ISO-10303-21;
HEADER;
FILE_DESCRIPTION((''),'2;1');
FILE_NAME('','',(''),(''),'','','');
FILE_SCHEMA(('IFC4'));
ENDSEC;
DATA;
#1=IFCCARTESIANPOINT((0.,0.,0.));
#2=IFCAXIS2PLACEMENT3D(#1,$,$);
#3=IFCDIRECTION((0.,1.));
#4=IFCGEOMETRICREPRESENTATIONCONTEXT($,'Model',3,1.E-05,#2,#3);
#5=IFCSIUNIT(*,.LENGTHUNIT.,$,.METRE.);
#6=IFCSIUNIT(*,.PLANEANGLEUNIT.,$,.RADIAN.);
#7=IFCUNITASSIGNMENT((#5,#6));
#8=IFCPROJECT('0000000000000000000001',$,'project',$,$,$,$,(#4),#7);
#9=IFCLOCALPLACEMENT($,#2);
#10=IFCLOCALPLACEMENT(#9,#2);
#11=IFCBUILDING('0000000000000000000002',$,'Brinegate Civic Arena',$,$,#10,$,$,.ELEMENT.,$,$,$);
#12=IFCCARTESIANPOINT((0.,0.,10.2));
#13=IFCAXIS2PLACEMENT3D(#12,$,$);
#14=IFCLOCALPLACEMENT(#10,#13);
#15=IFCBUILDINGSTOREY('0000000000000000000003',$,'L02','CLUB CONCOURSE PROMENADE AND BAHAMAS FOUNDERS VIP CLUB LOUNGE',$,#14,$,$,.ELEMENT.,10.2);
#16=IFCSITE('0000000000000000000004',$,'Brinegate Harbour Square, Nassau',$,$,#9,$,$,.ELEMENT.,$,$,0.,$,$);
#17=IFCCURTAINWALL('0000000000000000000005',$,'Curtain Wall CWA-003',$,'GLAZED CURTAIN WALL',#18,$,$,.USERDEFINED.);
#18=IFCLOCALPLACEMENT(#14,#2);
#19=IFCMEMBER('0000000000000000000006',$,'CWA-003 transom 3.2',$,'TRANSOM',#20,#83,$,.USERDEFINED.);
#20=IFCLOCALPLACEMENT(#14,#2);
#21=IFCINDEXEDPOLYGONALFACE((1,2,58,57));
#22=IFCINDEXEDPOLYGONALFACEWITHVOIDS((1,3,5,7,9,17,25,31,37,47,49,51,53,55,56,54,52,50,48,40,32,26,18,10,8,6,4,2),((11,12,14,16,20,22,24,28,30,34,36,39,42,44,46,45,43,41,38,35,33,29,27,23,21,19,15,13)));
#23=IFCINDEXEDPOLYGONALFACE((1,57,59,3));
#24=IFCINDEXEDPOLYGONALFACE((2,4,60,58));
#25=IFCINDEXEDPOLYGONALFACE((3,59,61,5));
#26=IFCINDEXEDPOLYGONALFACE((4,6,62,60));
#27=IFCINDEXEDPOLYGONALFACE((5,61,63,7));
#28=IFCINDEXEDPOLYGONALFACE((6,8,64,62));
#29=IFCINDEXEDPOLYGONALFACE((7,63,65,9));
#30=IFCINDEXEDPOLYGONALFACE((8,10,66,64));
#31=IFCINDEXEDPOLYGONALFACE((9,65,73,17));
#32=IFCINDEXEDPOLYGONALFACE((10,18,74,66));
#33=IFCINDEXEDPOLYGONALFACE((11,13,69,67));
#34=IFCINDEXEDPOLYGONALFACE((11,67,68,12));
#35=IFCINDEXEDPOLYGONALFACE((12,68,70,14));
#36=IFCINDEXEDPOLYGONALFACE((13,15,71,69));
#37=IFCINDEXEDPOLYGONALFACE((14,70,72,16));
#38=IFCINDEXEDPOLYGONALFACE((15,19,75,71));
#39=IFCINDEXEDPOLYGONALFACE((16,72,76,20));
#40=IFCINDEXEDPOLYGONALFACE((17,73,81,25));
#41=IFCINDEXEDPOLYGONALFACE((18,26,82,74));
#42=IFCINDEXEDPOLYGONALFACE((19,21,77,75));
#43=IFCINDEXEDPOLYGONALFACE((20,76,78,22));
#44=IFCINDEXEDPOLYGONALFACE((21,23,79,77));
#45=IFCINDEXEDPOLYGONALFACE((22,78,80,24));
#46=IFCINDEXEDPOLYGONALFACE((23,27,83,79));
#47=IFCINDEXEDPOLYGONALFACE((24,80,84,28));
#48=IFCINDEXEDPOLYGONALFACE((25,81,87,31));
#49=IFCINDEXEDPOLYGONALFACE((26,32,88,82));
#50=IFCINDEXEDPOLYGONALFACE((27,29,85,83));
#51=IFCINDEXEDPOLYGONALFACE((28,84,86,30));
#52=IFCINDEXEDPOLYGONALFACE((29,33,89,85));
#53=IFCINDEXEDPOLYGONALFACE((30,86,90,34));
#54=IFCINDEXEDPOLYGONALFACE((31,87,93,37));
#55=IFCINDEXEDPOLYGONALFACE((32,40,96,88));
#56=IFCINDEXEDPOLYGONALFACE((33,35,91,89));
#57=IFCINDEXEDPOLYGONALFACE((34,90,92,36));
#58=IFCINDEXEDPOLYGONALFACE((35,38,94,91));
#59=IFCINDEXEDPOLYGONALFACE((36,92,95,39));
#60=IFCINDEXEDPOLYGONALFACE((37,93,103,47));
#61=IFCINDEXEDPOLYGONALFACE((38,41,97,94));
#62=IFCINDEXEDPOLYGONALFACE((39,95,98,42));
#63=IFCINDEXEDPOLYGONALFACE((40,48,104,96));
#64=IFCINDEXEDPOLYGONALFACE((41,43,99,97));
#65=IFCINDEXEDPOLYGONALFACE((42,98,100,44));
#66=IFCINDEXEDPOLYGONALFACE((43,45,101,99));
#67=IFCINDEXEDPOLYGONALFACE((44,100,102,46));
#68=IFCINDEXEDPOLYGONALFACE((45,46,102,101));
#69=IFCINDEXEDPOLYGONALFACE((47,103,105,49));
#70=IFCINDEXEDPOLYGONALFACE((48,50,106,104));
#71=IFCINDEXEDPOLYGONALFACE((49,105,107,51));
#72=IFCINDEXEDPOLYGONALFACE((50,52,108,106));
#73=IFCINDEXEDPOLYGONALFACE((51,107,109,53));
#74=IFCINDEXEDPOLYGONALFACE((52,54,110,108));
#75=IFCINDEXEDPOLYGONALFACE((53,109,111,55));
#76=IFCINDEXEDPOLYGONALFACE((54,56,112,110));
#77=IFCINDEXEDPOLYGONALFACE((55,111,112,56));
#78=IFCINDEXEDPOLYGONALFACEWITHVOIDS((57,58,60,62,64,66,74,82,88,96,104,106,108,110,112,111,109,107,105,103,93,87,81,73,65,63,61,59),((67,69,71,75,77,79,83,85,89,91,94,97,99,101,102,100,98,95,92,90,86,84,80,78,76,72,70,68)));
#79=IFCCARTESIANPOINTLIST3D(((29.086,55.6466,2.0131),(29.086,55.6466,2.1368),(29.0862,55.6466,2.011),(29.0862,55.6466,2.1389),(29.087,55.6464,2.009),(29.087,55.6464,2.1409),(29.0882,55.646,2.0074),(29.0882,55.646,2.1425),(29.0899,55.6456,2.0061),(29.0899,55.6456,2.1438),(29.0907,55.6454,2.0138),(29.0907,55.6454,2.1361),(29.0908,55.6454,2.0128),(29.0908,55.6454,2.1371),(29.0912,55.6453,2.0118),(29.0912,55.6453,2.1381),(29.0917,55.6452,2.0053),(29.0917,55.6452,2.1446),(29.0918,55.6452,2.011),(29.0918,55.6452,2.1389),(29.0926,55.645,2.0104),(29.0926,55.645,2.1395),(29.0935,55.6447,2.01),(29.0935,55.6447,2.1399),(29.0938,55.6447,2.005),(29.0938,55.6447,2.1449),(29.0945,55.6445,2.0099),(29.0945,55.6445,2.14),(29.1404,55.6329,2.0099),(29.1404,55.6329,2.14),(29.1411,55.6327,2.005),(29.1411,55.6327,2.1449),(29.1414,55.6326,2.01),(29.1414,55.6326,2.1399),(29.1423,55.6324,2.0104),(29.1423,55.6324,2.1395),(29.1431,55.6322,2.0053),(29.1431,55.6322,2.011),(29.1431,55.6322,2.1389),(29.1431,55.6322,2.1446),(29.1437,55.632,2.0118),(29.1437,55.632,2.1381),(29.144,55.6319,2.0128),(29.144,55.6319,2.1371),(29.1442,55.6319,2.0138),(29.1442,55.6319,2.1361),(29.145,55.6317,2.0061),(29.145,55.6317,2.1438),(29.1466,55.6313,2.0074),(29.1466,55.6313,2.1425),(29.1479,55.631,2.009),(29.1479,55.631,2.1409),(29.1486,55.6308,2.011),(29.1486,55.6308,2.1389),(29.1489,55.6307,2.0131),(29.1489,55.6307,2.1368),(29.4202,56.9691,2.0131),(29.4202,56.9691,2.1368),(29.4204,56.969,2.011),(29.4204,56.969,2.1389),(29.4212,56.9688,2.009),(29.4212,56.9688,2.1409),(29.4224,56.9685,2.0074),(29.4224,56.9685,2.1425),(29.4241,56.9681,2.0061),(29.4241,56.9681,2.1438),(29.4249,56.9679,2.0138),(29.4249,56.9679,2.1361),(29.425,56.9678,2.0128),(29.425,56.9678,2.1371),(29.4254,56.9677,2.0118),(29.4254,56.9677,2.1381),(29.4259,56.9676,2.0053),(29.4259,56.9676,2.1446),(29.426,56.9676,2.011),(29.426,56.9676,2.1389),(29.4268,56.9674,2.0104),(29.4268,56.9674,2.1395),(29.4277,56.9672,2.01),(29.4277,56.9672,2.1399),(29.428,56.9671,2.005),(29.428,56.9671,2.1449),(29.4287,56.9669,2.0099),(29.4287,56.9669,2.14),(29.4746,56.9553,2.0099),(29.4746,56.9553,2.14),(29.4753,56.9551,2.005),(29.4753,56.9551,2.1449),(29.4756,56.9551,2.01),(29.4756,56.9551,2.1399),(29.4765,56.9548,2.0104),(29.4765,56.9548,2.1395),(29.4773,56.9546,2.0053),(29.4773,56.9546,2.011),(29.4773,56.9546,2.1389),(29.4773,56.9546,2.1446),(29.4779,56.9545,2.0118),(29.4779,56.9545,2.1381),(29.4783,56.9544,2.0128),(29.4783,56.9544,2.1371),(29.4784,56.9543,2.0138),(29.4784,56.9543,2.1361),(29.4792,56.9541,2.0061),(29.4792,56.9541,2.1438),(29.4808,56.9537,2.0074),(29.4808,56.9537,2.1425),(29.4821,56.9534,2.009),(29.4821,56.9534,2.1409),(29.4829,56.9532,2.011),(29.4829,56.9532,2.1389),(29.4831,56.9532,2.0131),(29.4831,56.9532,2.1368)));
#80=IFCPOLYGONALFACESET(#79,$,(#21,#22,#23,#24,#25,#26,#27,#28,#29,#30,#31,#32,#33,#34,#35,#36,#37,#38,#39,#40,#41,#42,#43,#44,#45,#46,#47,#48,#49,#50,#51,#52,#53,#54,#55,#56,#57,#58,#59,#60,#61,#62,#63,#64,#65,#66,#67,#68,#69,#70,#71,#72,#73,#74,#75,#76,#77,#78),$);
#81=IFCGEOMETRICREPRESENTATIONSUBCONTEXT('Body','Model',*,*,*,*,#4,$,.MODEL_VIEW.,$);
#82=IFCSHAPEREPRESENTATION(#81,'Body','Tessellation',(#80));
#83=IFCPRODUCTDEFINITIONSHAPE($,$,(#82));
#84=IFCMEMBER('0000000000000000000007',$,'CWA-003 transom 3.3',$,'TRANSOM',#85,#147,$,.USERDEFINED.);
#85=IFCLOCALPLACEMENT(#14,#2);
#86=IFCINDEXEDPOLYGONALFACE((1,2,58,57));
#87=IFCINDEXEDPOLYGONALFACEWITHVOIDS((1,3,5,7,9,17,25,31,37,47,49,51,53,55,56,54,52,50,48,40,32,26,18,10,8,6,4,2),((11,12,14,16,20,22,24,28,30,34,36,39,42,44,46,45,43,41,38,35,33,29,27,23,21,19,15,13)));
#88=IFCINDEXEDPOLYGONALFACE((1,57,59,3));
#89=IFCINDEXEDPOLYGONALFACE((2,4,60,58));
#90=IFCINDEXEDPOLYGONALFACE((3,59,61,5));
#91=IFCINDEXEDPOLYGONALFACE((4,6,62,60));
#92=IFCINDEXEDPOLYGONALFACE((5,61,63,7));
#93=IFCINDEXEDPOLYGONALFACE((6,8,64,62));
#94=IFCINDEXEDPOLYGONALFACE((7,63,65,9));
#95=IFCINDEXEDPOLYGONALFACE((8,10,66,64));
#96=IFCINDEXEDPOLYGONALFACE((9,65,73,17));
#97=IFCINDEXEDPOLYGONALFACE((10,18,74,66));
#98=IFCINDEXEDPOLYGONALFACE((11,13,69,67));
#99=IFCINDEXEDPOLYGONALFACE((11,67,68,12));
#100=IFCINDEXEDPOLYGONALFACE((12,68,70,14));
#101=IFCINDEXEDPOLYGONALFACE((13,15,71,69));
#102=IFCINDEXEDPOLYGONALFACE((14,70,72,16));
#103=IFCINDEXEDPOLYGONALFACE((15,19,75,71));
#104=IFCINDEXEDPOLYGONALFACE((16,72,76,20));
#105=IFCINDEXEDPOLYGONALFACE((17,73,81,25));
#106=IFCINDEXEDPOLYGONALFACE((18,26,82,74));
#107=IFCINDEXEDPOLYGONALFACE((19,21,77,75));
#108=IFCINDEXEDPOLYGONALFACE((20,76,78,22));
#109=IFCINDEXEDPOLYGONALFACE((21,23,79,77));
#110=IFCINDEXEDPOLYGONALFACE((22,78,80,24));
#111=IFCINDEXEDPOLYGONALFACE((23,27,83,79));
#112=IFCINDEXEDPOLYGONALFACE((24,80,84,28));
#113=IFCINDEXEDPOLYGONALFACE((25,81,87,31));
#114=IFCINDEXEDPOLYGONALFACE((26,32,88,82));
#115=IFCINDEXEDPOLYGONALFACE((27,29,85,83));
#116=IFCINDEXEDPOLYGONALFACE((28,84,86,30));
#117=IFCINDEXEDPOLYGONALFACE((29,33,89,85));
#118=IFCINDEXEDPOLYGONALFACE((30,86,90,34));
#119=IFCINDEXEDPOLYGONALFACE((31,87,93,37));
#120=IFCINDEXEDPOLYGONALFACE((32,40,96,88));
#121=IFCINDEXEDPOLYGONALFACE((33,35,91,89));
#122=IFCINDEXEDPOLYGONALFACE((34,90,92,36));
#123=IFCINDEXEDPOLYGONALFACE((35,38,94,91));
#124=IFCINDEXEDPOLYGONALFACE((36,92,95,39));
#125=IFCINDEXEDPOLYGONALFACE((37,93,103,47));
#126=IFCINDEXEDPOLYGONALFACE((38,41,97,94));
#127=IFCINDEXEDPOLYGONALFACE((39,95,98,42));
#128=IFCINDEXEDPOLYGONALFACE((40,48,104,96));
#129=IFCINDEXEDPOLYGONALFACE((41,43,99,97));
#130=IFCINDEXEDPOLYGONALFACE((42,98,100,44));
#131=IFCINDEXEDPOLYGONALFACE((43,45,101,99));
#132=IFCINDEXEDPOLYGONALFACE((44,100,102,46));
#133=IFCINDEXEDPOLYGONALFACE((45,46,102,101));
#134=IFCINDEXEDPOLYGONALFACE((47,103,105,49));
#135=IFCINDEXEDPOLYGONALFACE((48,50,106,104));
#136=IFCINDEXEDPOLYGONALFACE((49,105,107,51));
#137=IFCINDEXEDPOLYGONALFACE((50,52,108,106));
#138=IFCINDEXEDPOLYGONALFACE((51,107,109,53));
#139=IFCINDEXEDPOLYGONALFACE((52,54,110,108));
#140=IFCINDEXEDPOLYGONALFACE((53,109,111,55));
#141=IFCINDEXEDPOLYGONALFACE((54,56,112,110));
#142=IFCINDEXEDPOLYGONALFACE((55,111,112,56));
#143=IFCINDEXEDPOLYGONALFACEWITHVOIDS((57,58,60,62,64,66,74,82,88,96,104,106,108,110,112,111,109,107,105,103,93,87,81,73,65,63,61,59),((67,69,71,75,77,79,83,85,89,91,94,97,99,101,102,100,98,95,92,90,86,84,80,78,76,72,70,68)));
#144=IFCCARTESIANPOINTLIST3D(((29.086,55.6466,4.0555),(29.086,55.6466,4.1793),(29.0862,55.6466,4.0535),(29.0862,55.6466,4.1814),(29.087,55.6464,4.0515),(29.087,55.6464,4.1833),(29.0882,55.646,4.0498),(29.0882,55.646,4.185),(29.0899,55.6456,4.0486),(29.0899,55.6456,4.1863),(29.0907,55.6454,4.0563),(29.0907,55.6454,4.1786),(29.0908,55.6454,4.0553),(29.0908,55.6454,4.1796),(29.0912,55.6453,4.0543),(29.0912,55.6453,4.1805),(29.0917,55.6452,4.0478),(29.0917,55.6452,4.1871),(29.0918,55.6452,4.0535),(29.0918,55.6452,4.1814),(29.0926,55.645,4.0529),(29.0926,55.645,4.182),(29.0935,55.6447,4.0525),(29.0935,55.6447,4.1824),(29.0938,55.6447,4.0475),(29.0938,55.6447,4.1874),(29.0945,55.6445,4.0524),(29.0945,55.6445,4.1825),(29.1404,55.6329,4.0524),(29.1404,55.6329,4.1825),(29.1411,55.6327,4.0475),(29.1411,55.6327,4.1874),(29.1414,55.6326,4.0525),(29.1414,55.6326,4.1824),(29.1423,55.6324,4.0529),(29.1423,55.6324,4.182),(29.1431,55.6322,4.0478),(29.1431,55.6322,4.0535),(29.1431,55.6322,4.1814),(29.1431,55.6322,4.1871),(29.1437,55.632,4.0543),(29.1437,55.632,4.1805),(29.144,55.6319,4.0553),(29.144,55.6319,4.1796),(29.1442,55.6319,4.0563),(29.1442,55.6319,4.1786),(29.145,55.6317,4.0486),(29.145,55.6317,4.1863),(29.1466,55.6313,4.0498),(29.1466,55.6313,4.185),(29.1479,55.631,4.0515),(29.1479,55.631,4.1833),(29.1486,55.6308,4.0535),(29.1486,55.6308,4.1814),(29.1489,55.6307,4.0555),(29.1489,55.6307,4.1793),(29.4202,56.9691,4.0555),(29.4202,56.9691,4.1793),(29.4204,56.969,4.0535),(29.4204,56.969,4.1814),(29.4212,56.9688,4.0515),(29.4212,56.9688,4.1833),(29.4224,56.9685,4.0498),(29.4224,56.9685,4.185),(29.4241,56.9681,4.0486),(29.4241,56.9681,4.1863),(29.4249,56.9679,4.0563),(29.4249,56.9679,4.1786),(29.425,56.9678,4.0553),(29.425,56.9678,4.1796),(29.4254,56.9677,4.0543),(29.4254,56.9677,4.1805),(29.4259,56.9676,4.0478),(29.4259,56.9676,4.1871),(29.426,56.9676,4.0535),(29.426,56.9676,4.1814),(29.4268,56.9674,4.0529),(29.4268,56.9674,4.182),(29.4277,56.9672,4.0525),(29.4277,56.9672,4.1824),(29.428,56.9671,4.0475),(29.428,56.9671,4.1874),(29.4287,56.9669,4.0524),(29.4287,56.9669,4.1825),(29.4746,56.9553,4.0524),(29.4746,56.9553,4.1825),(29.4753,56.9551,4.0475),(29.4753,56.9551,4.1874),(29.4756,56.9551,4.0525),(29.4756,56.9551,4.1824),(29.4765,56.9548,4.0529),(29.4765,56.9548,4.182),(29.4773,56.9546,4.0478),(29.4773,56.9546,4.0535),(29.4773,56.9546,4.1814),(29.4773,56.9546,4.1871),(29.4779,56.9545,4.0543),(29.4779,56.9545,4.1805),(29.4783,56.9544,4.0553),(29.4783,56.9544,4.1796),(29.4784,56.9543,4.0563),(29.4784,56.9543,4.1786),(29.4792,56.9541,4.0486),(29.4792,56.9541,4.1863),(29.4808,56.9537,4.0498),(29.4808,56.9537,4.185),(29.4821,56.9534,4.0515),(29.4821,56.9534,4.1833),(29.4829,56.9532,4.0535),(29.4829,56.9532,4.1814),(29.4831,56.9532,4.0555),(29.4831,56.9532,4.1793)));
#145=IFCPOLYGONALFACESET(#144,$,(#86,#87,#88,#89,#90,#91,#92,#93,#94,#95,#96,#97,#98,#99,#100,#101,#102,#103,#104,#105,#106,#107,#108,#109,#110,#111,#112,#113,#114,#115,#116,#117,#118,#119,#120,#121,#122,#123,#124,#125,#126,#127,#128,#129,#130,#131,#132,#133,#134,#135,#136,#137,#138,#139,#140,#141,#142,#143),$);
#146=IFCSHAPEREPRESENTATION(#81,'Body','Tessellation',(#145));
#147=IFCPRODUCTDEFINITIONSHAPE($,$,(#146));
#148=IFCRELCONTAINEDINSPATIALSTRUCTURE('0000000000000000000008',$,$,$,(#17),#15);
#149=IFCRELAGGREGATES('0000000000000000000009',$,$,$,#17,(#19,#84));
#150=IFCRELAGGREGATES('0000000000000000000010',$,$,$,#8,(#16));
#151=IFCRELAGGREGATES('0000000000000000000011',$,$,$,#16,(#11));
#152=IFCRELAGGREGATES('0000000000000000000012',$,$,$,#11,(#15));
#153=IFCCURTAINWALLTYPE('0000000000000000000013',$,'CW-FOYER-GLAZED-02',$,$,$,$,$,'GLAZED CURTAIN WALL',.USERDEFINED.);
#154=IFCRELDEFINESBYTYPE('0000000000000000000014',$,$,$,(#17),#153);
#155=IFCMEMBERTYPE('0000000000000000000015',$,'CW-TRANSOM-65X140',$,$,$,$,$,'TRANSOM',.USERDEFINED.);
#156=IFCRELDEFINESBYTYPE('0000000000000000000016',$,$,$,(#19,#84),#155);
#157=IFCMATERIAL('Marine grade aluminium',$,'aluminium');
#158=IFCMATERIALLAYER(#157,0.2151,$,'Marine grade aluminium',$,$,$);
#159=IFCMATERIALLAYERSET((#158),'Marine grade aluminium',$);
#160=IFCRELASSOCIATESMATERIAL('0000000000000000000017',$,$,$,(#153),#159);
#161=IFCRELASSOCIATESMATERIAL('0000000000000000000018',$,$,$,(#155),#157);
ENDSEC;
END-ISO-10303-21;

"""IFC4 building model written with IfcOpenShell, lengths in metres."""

from ifc_helpers import new_model, si_unit, direction, frame, origin, origin_2d, place, context, subcontext, project, spatial, hollow_rectangle, extrude, material, layer, layer_set, material_profile, profile_set, type_object, element, aggregate, save


model = new_model("IFC4")

# Units and contexts
model_context = context("Model", 3, precision=1e-05, world=origin(), true_north=direction((0.0, 1.0)))
body_context = subcontext(model_context, "Body", "Model", "MODEL_VIEW")
ifc_project = project(units=[si_unit("LENGTHUNIT", "METRE"), si_unit("PLANEANGLEUNIT", "RADIAN")], contexts=[model_context])

# Site, building, storey
site_placement = place(None, origin())
site = spatial("IfcSite", under=ifc_project, at=site_placement, Name="Brinegate Harbour Square, Nassau", CompositionType="ELEMENT", RefElevation=0.0)
building_placement = place(site_placement, origin())
building = spatial("IfcBuilding", under=site, at=building_placement, Name="Brinegate Civic Arena", CompositionType="ELEMENT")
storey_placement = place(building_placement, frame((0.0, 0.0, 10.2)))
storey = spatial("IfcBuildingStorey", under=building, at=storey_placement, Name="L02", Description="CLUB CONCOURSE PROMENADE AND BAHAMAS FOUNDERS VIP CLUB LOUNGE", CompositionType="ELEMENT", Elevation=10.2)

# Curtain wall, members
ifc_material_1 = material(Name="Marine grade aluminium", Category="aluminium")
ifc_layer_1 = layer(ifc_material_1, 0.2151, Name="Marine grade aluminium")
ifc_layer_set_1 = layer_set([ifc_layer_1], Name="Marine grade aluminium")
curtain_wall_type = type_object("IfcCurtainWallType", Name="CW-FOYER-GLAZED-02", ElementType="GLAZED CURTAIN WALL", PredefinedType="USERDEFINED", material=ifc_layer_set_1)
curtain_wall_placement = place(storey_placement, origin())
curtain_wall = element("IfcCurtainWall", 1, at=curtain_wall_placement, inside=storey, type_object=curtain_wall_type, Name="Curtain Wall CWA-003", ObjectType="GLAZED CURTAIN WALL", PredefinedType="USERDEFINED")
ifc_material_profile_1 = material_profile(ifc_material_1, hollow_rectangle(XDim=0.0649, YDim=0.1399, WallThickness=0.0049, InnerFilletRadius=0.0039, OuterFilletRadius=0.0081, at=origin_2d()), Name="TRN65X140")
ifc_profile_set_1 = profile_set([ifc_material_profile_1], Name="Marine grade aluminium")
member_type_1 = type_object("IfcMemberType", Name="CW-TRANSOM-65X140", ElementType="TRANSOM", PredefinedType="USERDEFINED", material=ifc_profile_set_1)
member_1_placement = place(storey_placement, frame((29.1174, 55.6387, 2.075), z_axis=(0.245019, 0.969518, 0.0), x_axis=(-0.969518, 0.245019, 0.0)))
member_1 = element("IfcMember", 2, at=member_1_placement, type_object=member_type_1, Name="CWA-003 transom 3.2", ObjectType="TRANSOM", PredefinedType="USERDEFINED", context=body_context, shape_type="SweptSolid", body=[
    extrude(hollow_rectangle(XDim=0.0649, YDim=0.1399, WallThickness=0.0049, InnerFilletRadius=0.0039, OuterFilletRadius=0.0081, at=origin_2d()), origin(), (0.0, 0.0, 1.0), 1.364),
])
member_2_placement = place(storey_placement, frame((29.1174, 55.6387, 4.1174), z_axis=(0.245019, 0.969518, 0.0), x_axis=(-0.969518, 0.245019, 0.0)))
member_2 = element("IfcMember", 3, at=member_2_placement, type_object=member_type_1, Name="CWA-003 transom 3.3", ObjectType="TRANSOM", PredefinedType="USERDEFINED", context=body_context, shape_type="SweptSolid", body=[
    extrude(hollow_rectangle(XDim=0.0649, YDim=0.1399, WallThickness=0.0049, InnerFilletRadius=0.0039, OuterFilletRadius=0.0081, at=origin_2d()), origin(), (0.0, 0.0, 1.0), 1.364),
])
aggregate(curtain_wall, [member_1, member_2])

save(model, "model.ifc")
